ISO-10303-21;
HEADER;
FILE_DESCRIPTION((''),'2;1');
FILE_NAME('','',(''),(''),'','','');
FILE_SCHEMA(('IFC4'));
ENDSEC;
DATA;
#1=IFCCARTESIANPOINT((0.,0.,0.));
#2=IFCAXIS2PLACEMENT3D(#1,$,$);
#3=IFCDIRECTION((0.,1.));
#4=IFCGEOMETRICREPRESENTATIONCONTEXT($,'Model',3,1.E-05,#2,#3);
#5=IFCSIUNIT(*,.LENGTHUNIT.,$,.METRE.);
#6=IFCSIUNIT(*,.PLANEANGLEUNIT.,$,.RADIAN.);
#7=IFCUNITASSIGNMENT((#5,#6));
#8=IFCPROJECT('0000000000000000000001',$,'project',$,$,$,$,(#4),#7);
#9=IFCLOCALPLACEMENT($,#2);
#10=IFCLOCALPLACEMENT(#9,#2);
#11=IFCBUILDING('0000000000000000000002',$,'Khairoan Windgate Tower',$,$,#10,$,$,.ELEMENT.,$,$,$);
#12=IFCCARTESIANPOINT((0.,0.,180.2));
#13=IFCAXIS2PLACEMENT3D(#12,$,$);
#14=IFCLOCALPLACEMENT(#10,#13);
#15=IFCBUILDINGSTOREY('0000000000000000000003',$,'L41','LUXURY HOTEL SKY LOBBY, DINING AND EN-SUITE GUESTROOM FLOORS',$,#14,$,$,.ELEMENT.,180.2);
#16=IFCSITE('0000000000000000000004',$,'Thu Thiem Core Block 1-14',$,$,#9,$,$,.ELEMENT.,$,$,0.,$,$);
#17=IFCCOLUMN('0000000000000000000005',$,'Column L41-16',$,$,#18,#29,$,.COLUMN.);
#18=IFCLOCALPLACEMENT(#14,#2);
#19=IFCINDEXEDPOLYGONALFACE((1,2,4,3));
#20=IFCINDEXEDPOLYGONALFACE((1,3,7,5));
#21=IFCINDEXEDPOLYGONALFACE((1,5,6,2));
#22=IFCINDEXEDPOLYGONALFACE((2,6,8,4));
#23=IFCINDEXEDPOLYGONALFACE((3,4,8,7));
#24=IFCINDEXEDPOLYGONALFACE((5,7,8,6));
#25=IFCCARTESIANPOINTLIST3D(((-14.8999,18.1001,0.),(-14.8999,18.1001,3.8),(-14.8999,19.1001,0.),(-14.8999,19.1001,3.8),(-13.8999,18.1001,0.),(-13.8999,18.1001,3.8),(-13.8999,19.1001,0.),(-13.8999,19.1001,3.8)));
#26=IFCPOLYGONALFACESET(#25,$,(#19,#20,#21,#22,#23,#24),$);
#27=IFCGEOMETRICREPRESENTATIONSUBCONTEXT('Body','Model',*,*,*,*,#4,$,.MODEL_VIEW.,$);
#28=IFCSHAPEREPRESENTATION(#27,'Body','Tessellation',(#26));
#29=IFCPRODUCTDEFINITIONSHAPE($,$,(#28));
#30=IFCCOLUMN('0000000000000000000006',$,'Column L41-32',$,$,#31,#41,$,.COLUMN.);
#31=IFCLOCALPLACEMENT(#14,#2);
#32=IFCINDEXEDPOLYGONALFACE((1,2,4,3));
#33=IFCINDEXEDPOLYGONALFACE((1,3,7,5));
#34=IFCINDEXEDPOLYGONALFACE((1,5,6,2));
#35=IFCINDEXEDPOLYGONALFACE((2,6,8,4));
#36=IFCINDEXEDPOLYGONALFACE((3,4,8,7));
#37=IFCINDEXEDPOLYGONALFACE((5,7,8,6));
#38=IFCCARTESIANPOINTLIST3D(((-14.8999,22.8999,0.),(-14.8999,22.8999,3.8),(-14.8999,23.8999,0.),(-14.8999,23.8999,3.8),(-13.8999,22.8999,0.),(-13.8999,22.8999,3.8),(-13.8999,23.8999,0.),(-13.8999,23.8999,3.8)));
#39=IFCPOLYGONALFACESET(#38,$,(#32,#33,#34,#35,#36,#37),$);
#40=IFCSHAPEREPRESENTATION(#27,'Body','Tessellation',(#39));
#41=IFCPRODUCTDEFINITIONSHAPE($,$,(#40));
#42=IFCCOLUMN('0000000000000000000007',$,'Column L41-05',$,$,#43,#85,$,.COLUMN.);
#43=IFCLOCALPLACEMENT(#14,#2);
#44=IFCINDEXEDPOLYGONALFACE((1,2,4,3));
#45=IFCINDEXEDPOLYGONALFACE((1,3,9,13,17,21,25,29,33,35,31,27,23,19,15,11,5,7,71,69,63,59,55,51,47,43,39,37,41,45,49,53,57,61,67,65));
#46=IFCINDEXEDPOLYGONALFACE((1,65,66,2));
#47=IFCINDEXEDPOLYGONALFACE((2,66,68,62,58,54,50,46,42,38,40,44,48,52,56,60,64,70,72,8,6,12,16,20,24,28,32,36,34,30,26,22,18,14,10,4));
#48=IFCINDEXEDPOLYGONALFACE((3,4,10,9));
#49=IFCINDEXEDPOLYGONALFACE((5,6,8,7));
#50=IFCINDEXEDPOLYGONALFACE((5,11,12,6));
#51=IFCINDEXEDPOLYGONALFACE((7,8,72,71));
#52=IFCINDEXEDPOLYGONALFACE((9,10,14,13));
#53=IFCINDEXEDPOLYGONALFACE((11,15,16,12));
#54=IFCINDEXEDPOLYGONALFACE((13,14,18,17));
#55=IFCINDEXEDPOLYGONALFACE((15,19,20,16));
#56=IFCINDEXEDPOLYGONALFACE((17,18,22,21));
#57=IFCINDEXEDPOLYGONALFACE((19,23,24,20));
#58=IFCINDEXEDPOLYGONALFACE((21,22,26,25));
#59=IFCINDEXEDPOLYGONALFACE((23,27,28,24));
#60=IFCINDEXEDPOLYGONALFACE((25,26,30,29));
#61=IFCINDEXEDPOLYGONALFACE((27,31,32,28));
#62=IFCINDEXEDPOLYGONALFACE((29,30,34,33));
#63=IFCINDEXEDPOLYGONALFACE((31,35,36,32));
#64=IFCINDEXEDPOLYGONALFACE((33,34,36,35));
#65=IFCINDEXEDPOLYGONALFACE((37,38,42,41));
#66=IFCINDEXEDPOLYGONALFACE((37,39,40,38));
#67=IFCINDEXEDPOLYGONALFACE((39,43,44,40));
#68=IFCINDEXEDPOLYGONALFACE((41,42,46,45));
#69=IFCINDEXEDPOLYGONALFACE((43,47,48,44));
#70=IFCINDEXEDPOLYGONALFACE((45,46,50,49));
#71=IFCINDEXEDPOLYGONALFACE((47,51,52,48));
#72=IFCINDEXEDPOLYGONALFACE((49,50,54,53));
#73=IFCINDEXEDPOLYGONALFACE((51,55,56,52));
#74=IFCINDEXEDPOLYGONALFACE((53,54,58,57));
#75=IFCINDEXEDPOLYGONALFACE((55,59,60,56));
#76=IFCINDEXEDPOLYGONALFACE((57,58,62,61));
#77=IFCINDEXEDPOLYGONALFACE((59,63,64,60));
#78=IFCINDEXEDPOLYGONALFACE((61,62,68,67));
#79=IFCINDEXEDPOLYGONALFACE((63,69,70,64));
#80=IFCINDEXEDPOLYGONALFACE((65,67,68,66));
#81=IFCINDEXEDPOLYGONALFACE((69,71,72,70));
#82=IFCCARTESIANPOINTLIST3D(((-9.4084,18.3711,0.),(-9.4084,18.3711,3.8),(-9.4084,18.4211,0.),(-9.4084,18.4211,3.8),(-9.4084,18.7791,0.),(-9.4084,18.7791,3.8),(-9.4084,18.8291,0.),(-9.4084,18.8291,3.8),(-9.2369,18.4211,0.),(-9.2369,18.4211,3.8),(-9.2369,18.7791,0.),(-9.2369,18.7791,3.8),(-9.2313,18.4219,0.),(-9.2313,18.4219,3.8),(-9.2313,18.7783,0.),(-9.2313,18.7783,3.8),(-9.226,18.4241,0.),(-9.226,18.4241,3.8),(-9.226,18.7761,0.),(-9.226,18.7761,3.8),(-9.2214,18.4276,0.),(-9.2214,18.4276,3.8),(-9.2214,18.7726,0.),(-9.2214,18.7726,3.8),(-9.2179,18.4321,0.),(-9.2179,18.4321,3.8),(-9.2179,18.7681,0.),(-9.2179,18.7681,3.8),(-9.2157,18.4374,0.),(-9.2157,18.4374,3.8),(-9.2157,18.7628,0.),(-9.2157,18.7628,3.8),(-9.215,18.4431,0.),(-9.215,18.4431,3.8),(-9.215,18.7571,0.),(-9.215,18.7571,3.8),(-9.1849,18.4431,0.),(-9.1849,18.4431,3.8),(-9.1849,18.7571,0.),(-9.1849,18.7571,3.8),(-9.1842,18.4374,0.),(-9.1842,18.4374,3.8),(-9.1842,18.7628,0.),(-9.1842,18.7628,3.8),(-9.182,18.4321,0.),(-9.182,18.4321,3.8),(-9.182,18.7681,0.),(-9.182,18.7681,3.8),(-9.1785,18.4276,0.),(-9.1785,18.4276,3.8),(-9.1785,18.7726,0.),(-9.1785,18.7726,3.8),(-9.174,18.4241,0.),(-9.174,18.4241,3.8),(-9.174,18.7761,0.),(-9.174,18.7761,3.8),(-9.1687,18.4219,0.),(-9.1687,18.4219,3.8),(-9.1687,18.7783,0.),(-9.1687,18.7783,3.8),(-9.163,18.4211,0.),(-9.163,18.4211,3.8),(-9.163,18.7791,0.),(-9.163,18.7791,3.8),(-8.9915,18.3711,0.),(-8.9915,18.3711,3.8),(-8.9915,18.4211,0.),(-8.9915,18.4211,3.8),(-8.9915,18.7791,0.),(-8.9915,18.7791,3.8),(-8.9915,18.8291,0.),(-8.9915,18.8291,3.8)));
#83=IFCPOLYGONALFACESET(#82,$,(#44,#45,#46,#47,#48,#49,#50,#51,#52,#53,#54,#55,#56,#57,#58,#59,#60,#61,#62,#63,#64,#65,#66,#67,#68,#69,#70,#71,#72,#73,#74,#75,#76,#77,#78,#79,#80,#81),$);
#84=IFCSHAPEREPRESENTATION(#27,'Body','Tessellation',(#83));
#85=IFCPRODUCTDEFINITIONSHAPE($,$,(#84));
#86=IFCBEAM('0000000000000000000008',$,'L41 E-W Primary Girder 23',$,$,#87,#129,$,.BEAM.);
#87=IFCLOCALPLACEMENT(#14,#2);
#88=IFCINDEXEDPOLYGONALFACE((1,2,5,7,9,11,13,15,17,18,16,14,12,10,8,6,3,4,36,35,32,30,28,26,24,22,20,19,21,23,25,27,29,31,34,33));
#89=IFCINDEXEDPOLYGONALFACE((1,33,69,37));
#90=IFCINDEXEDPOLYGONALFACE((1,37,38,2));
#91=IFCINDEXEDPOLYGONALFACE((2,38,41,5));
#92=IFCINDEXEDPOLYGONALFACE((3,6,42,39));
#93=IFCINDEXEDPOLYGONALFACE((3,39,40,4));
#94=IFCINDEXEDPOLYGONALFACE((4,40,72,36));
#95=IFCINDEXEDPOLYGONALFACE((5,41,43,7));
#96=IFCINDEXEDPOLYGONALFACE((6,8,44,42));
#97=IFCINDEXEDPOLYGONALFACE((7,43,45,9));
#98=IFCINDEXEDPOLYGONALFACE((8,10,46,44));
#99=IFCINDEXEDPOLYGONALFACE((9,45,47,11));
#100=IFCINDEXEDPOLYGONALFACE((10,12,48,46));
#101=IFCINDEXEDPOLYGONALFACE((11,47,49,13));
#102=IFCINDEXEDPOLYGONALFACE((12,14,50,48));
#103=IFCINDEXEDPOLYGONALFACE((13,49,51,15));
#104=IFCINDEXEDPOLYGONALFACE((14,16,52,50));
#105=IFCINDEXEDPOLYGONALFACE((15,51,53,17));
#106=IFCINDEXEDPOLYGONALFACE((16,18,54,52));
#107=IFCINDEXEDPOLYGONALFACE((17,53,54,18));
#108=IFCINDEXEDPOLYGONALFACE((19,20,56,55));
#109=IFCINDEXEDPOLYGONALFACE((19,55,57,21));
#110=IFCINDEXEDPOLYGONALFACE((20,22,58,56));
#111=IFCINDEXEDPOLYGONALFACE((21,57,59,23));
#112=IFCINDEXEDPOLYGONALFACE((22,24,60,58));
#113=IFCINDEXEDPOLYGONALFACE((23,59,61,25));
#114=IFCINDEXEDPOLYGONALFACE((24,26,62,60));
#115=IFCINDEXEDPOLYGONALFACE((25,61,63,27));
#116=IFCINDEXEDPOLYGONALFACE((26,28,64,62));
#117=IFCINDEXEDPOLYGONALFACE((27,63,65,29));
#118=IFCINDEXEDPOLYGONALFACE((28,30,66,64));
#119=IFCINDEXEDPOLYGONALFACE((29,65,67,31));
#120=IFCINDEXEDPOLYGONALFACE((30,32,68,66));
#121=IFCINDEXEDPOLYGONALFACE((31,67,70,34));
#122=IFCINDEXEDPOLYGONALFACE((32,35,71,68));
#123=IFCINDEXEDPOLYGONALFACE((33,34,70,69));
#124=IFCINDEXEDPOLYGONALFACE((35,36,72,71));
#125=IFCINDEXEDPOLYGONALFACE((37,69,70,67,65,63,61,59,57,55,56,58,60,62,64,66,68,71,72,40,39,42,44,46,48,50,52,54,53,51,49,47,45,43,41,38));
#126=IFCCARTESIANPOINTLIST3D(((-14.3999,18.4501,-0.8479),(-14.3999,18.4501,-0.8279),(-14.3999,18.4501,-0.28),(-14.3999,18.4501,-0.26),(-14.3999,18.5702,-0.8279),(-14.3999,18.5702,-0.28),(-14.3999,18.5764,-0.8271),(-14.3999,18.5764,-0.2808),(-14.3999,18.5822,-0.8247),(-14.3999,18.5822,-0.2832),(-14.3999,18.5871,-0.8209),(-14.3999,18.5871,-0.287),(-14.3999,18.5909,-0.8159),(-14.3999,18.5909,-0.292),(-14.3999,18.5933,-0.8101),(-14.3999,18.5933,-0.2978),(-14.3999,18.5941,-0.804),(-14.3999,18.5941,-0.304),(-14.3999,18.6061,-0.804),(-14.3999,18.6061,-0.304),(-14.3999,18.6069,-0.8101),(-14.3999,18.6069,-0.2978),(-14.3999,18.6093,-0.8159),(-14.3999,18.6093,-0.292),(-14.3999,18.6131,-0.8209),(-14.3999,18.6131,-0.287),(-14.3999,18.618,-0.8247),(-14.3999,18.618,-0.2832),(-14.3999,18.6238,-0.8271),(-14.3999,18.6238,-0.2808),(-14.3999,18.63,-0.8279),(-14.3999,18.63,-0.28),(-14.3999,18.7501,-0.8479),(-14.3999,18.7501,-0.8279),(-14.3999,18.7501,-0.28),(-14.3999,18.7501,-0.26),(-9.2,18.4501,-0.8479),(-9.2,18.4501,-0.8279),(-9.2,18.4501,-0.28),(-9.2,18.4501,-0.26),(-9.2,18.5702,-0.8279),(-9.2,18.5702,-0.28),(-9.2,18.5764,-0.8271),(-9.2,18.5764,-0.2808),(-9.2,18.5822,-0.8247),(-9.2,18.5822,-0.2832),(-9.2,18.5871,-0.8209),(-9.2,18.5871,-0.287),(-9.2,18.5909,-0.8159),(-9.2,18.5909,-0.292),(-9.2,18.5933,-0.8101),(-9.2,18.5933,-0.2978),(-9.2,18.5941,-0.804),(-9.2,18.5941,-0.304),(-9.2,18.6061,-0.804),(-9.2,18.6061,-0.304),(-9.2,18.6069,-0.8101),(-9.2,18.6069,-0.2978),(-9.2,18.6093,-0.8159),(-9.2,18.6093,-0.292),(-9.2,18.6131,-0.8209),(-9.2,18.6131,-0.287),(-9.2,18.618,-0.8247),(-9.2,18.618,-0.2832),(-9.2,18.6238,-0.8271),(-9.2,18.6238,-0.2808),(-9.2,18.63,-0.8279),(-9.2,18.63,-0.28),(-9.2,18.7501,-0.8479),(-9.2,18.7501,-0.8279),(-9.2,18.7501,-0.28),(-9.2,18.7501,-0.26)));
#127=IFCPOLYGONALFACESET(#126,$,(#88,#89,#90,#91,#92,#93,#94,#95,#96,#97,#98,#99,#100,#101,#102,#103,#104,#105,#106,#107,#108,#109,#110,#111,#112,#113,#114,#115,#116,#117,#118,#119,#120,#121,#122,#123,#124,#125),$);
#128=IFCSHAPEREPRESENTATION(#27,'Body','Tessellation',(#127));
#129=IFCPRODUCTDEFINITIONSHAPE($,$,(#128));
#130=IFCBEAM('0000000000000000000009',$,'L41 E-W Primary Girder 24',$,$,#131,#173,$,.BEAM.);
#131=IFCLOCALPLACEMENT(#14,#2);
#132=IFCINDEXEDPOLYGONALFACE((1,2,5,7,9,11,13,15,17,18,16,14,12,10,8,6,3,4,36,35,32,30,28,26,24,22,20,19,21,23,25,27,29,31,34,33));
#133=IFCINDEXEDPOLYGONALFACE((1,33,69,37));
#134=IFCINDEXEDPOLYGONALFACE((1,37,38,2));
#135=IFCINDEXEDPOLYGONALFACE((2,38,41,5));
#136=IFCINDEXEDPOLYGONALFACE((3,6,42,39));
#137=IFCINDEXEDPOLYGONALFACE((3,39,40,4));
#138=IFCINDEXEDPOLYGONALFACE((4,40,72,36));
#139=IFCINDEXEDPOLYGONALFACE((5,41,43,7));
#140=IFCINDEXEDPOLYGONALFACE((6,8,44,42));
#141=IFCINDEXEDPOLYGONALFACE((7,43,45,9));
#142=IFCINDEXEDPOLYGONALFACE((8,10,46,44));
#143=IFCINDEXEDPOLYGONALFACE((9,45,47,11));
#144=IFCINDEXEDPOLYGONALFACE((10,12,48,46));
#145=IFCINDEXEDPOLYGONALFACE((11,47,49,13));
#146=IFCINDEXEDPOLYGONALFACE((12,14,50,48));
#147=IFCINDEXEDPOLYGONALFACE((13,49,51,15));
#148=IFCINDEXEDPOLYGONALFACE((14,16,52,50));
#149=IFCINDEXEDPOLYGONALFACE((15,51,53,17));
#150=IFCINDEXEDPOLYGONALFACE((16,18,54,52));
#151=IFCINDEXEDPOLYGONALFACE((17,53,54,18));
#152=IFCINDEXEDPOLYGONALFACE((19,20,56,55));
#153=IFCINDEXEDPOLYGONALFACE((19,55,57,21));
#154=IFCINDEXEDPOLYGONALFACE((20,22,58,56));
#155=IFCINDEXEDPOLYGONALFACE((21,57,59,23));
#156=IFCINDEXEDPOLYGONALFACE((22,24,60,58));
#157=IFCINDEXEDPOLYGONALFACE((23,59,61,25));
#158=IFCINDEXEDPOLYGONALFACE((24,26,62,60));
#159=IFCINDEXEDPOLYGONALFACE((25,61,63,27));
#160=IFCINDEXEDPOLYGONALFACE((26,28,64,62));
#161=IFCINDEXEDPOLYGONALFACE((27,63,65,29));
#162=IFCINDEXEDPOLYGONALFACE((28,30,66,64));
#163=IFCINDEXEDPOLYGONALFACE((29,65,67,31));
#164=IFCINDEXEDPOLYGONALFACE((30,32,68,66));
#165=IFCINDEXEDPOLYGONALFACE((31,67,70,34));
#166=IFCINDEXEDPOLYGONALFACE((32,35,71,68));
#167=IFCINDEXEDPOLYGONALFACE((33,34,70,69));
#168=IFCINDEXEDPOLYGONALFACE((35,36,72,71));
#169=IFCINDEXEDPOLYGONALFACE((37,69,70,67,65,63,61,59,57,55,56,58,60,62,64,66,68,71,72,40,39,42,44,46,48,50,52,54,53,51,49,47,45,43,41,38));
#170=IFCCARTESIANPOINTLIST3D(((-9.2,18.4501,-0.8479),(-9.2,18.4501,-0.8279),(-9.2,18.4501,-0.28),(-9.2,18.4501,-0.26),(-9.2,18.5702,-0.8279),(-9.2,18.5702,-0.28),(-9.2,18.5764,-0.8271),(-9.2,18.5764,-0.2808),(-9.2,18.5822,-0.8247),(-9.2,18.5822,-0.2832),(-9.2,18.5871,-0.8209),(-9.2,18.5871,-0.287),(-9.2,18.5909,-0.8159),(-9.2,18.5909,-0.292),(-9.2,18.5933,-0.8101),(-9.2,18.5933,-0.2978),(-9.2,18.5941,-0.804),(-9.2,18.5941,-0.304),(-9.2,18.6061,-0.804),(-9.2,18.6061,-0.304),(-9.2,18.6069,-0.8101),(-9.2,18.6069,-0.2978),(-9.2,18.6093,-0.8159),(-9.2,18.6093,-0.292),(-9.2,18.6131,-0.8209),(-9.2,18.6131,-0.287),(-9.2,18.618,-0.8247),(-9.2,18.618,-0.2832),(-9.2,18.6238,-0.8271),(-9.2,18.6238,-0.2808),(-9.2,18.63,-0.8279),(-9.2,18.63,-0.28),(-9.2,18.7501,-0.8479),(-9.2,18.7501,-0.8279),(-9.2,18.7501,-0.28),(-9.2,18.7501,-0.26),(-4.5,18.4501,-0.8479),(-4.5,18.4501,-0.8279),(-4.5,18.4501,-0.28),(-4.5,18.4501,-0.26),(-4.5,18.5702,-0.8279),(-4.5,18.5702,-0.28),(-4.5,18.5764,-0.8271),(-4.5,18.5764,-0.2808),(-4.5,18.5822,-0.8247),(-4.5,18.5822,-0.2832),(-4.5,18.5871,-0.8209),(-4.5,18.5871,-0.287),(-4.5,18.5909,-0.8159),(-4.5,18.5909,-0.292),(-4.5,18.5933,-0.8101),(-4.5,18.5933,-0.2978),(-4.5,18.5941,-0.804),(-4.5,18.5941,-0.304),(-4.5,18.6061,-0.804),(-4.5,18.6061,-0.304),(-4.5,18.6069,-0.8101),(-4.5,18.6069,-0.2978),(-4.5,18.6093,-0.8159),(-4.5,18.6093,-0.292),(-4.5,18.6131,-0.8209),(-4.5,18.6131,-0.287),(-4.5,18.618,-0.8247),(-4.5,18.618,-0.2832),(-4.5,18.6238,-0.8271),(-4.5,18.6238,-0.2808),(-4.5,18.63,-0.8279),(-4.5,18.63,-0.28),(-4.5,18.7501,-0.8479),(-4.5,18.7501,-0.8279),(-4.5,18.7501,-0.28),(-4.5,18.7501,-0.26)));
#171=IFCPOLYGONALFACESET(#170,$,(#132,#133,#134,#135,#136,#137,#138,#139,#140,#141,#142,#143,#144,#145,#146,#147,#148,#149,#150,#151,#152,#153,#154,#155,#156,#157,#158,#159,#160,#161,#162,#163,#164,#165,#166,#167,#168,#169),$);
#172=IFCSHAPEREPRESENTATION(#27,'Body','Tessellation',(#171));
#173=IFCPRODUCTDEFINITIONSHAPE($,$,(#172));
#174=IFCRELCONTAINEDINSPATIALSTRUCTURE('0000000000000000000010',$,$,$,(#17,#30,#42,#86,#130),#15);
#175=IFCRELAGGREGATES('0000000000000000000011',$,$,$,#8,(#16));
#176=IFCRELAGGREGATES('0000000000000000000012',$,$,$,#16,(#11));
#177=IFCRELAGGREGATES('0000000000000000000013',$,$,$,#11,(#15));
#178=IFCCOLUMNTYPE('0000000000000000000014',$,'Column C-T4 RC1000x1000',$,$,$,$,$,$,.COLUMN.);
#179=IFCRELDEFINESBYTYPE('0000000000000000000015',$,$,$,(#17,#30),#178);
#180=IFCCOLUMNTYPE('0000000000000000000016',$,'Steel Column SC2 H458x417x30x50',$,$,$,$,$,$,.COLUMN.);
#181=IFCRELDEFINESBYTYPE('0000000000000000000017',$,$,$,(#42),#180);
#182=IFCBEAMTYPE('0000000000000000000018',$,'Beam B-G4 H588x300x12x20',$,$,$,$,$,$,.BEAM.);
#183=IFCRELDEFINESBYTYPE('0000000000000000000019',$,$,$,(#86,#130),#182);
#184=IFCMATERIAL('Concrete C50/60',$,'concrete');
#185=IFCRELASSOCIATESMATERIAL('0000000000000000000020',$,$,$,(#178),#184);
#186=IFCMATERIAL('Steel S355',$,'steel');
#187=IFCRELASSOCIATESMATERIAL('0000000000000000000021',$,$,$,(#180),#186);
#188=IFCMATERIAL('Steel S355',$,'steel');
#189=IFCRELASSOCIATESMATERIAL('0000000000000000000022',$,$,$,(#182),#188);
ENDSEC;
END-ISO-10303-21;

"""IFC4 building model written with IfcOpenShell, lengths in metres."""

from ifc_helpers import new_model, si_unit, direction, frame, origin, origin_2d, place, context, subcontext, project, spatial, rectangle, i_section, extrude, material, material_profile, profile_set, type_object, element, save


model = new_model("IFC4")

# Units and contexts
model_context = context("Model", 3, precision=1e-05, world=origin(), true_north=direction((0.0, 1.0)))
body_context = subcontext(model_context, "Body", "Model", "MODEL_VIEW")
ifc_project = project(units=[si_unit("LENGTHUNIT", "METRE"), si_unit("PLANEANGLEUNIT", "RADIAN")], contexts=[model_context])

# Site, building, storey
site_placement = place(None, origin())
site = spatial("IfcSite", under=ifc_project, at=site_placement, Name="Thu Thiem Core Block 1-14", CompositionType="ELEMENT", RefElevation=0.0)
building_placement = place(site_placement, origin())
building = spatial("IfcBuilding", under=site, at=building_placement, Name="Khairoan Windgate Tower", CompositionType="ELEMENT")
storey_placement = place(building_placement, frame((0.0, 0.0, 180.2)))
storey = spatial("IfcBuildingStorey", under=building, at=storey_placement, Name="L41", Description="LUXURY HOTEL SKY LOBBY, DINING AND EN-SUITE GUESTROOM FLOORS", CompositionType="ELEMENT", Elevation=180.2)

# Columns
ifc_material_1 = material(Name="Concrete C50/60", Category="concrete")
ifc_material_profile_1 = material_profile(ifc_material_1, rectangle(XDim=1.0, YDim=1.0, at=origin_2d()))
ifc_profile_set_1 = profile_set([ifc_material_profile_1], Name="Concrete C50/60")
column_type_1 = type_object("IfcColumnType", Name="Column C-T4 RC1000x1000", PredefinedType="COLUMN", material=ifc_profile_set_1)
for number, where, z_axis, x_axis, name in (
    (1, (-14.3999, 18.6001, 0.0), (0.0, 0.0, 1.0), (1.0, 0.0, 0.0), "Column L41-16"),
    (2, (-14.3999, 23.3999, 0.0), (0.0, 0.0, 1.0), (1.0, 0.0, 0.0), "Column L41-32"),
):
    element("IfcColumn", number, at=place(storey_placement, frame(where, z_axis=z_axis, x_axis=x_axis)), inside=storey, type_object=column_type_1, Name=name, PredefinedType="COLUMN", context=body_context, shape_type="SweptSolid", body=[
        extrude(rectangle(XDim=1.0, YDim=1.0, at=origin_2d()), origin(), (0.0, 0.0, 1.0), 3.8),
    ])
ifc_material_2 = material(Name="Steel S355", Category="steel")
ifc_material_profile_2 = material_profile(ifc_material_2, i_section(OverallWidth=0.417, OverallDepth=0.458, WebThickness=0.03, FlangeThickness=0.05, FilletRadius=0.022, at=origin_2d()))
ifc_profile_set_2 = profile_set([ifc_material_profile_2], Name="Steel S355")
column_type_2 = type_object("IfcColumnType", Name="Steel Column SC2 H458x417x30x50", PredefinedType="COLUMN", material=ifc_profile_set_2)
column_placement = place(storey_placement, frame((-9.2, 18.6001, 0.0), z_axis=(0.0, 0.0, 1.0), x_axis=(1.0, 0.0, 0.0)))
element("IfcColumn", 3, at=column_placement, inside=storey, type_object=column_type_2, Name="Column L41-05", PredefinedType="COLUMN", context=body_context, shape_type="SweptSolid", body=[
    extrude(i_section(OverallWidth=0.417, OverallDepth=0.458, WebThickness=0.03, FlangeThickness=0.05, FilletRadius=0.022, at=origin_2d()), origin(), (0.0, 0.0, 1.0), 3.8),
])

# Beams
ifc_material_3 = material(Name="Steel S355", Category="steel")
ifc_material_profile_3 = material_profile(ifc_material_3, i_section(OverallWidth=0.3, OverallDepth=0.5879, WebThickness=0.012, FlangeThickness=0.02, FilletRadius=0.0239, at=origin_2d()))
ifc_profile_set_3 = profile_set([ifc_material_profile_3], Name="Steel S355")
beam_type = type_object("IfcBeamType", Name="Beam B-G4 H588x300x12x20", PredefinedType="BEAM", material=ifc_profile_set_3)
beam_1_placement = place(storey_placement, frame((-14.3999, 18.6001, -0.554), z_axis=(1.0, 0.0, 0.0), x_axis=(0.0, 1.0, 0.0)))
element("IfcBeam", 4, at=beam_1_placement, inside=storey, type_object=beam_type, Name="L41 E-W Primary Girder 23", PredefinedType="BEAM", context=body_context, shape_type="SweptSolid", body=[
    extrude(i_section(OverallWidth=0.3, OverallDepth=0.5879, WebThickness=0.012, FlangeThickness=0.02, FilletRadius=0.0239, at=origin_2d()), origin(), (0.0, 0.0, 1.0), 5.2),
])
beam_2_placement = place(storey_placement, frame((-9.2, 18.6001, -0.554), z_axis=(1.0, 0.0, 0.0), x_axis=(0.0, 1.0, 0.0)))
element("IfcBeam", 5, at=beam_2_placement, inside=storey, type_object=beam_type, Name="L41 E-W Primary Girder 24", PredefinedType="BEAM", context=body_context, shape_type="SweptSolid", body=[
    extrude(i_section(OverallWidth=0.3, OverallDepth=0.5879, WebThickness=0.012, FlangeThickness=0.02, FilletRadius=0.0239, at=origin_2d()), origin(), (0.0, 0.0, 1.0), 4.7),
])

save(model, "model.ifc")
